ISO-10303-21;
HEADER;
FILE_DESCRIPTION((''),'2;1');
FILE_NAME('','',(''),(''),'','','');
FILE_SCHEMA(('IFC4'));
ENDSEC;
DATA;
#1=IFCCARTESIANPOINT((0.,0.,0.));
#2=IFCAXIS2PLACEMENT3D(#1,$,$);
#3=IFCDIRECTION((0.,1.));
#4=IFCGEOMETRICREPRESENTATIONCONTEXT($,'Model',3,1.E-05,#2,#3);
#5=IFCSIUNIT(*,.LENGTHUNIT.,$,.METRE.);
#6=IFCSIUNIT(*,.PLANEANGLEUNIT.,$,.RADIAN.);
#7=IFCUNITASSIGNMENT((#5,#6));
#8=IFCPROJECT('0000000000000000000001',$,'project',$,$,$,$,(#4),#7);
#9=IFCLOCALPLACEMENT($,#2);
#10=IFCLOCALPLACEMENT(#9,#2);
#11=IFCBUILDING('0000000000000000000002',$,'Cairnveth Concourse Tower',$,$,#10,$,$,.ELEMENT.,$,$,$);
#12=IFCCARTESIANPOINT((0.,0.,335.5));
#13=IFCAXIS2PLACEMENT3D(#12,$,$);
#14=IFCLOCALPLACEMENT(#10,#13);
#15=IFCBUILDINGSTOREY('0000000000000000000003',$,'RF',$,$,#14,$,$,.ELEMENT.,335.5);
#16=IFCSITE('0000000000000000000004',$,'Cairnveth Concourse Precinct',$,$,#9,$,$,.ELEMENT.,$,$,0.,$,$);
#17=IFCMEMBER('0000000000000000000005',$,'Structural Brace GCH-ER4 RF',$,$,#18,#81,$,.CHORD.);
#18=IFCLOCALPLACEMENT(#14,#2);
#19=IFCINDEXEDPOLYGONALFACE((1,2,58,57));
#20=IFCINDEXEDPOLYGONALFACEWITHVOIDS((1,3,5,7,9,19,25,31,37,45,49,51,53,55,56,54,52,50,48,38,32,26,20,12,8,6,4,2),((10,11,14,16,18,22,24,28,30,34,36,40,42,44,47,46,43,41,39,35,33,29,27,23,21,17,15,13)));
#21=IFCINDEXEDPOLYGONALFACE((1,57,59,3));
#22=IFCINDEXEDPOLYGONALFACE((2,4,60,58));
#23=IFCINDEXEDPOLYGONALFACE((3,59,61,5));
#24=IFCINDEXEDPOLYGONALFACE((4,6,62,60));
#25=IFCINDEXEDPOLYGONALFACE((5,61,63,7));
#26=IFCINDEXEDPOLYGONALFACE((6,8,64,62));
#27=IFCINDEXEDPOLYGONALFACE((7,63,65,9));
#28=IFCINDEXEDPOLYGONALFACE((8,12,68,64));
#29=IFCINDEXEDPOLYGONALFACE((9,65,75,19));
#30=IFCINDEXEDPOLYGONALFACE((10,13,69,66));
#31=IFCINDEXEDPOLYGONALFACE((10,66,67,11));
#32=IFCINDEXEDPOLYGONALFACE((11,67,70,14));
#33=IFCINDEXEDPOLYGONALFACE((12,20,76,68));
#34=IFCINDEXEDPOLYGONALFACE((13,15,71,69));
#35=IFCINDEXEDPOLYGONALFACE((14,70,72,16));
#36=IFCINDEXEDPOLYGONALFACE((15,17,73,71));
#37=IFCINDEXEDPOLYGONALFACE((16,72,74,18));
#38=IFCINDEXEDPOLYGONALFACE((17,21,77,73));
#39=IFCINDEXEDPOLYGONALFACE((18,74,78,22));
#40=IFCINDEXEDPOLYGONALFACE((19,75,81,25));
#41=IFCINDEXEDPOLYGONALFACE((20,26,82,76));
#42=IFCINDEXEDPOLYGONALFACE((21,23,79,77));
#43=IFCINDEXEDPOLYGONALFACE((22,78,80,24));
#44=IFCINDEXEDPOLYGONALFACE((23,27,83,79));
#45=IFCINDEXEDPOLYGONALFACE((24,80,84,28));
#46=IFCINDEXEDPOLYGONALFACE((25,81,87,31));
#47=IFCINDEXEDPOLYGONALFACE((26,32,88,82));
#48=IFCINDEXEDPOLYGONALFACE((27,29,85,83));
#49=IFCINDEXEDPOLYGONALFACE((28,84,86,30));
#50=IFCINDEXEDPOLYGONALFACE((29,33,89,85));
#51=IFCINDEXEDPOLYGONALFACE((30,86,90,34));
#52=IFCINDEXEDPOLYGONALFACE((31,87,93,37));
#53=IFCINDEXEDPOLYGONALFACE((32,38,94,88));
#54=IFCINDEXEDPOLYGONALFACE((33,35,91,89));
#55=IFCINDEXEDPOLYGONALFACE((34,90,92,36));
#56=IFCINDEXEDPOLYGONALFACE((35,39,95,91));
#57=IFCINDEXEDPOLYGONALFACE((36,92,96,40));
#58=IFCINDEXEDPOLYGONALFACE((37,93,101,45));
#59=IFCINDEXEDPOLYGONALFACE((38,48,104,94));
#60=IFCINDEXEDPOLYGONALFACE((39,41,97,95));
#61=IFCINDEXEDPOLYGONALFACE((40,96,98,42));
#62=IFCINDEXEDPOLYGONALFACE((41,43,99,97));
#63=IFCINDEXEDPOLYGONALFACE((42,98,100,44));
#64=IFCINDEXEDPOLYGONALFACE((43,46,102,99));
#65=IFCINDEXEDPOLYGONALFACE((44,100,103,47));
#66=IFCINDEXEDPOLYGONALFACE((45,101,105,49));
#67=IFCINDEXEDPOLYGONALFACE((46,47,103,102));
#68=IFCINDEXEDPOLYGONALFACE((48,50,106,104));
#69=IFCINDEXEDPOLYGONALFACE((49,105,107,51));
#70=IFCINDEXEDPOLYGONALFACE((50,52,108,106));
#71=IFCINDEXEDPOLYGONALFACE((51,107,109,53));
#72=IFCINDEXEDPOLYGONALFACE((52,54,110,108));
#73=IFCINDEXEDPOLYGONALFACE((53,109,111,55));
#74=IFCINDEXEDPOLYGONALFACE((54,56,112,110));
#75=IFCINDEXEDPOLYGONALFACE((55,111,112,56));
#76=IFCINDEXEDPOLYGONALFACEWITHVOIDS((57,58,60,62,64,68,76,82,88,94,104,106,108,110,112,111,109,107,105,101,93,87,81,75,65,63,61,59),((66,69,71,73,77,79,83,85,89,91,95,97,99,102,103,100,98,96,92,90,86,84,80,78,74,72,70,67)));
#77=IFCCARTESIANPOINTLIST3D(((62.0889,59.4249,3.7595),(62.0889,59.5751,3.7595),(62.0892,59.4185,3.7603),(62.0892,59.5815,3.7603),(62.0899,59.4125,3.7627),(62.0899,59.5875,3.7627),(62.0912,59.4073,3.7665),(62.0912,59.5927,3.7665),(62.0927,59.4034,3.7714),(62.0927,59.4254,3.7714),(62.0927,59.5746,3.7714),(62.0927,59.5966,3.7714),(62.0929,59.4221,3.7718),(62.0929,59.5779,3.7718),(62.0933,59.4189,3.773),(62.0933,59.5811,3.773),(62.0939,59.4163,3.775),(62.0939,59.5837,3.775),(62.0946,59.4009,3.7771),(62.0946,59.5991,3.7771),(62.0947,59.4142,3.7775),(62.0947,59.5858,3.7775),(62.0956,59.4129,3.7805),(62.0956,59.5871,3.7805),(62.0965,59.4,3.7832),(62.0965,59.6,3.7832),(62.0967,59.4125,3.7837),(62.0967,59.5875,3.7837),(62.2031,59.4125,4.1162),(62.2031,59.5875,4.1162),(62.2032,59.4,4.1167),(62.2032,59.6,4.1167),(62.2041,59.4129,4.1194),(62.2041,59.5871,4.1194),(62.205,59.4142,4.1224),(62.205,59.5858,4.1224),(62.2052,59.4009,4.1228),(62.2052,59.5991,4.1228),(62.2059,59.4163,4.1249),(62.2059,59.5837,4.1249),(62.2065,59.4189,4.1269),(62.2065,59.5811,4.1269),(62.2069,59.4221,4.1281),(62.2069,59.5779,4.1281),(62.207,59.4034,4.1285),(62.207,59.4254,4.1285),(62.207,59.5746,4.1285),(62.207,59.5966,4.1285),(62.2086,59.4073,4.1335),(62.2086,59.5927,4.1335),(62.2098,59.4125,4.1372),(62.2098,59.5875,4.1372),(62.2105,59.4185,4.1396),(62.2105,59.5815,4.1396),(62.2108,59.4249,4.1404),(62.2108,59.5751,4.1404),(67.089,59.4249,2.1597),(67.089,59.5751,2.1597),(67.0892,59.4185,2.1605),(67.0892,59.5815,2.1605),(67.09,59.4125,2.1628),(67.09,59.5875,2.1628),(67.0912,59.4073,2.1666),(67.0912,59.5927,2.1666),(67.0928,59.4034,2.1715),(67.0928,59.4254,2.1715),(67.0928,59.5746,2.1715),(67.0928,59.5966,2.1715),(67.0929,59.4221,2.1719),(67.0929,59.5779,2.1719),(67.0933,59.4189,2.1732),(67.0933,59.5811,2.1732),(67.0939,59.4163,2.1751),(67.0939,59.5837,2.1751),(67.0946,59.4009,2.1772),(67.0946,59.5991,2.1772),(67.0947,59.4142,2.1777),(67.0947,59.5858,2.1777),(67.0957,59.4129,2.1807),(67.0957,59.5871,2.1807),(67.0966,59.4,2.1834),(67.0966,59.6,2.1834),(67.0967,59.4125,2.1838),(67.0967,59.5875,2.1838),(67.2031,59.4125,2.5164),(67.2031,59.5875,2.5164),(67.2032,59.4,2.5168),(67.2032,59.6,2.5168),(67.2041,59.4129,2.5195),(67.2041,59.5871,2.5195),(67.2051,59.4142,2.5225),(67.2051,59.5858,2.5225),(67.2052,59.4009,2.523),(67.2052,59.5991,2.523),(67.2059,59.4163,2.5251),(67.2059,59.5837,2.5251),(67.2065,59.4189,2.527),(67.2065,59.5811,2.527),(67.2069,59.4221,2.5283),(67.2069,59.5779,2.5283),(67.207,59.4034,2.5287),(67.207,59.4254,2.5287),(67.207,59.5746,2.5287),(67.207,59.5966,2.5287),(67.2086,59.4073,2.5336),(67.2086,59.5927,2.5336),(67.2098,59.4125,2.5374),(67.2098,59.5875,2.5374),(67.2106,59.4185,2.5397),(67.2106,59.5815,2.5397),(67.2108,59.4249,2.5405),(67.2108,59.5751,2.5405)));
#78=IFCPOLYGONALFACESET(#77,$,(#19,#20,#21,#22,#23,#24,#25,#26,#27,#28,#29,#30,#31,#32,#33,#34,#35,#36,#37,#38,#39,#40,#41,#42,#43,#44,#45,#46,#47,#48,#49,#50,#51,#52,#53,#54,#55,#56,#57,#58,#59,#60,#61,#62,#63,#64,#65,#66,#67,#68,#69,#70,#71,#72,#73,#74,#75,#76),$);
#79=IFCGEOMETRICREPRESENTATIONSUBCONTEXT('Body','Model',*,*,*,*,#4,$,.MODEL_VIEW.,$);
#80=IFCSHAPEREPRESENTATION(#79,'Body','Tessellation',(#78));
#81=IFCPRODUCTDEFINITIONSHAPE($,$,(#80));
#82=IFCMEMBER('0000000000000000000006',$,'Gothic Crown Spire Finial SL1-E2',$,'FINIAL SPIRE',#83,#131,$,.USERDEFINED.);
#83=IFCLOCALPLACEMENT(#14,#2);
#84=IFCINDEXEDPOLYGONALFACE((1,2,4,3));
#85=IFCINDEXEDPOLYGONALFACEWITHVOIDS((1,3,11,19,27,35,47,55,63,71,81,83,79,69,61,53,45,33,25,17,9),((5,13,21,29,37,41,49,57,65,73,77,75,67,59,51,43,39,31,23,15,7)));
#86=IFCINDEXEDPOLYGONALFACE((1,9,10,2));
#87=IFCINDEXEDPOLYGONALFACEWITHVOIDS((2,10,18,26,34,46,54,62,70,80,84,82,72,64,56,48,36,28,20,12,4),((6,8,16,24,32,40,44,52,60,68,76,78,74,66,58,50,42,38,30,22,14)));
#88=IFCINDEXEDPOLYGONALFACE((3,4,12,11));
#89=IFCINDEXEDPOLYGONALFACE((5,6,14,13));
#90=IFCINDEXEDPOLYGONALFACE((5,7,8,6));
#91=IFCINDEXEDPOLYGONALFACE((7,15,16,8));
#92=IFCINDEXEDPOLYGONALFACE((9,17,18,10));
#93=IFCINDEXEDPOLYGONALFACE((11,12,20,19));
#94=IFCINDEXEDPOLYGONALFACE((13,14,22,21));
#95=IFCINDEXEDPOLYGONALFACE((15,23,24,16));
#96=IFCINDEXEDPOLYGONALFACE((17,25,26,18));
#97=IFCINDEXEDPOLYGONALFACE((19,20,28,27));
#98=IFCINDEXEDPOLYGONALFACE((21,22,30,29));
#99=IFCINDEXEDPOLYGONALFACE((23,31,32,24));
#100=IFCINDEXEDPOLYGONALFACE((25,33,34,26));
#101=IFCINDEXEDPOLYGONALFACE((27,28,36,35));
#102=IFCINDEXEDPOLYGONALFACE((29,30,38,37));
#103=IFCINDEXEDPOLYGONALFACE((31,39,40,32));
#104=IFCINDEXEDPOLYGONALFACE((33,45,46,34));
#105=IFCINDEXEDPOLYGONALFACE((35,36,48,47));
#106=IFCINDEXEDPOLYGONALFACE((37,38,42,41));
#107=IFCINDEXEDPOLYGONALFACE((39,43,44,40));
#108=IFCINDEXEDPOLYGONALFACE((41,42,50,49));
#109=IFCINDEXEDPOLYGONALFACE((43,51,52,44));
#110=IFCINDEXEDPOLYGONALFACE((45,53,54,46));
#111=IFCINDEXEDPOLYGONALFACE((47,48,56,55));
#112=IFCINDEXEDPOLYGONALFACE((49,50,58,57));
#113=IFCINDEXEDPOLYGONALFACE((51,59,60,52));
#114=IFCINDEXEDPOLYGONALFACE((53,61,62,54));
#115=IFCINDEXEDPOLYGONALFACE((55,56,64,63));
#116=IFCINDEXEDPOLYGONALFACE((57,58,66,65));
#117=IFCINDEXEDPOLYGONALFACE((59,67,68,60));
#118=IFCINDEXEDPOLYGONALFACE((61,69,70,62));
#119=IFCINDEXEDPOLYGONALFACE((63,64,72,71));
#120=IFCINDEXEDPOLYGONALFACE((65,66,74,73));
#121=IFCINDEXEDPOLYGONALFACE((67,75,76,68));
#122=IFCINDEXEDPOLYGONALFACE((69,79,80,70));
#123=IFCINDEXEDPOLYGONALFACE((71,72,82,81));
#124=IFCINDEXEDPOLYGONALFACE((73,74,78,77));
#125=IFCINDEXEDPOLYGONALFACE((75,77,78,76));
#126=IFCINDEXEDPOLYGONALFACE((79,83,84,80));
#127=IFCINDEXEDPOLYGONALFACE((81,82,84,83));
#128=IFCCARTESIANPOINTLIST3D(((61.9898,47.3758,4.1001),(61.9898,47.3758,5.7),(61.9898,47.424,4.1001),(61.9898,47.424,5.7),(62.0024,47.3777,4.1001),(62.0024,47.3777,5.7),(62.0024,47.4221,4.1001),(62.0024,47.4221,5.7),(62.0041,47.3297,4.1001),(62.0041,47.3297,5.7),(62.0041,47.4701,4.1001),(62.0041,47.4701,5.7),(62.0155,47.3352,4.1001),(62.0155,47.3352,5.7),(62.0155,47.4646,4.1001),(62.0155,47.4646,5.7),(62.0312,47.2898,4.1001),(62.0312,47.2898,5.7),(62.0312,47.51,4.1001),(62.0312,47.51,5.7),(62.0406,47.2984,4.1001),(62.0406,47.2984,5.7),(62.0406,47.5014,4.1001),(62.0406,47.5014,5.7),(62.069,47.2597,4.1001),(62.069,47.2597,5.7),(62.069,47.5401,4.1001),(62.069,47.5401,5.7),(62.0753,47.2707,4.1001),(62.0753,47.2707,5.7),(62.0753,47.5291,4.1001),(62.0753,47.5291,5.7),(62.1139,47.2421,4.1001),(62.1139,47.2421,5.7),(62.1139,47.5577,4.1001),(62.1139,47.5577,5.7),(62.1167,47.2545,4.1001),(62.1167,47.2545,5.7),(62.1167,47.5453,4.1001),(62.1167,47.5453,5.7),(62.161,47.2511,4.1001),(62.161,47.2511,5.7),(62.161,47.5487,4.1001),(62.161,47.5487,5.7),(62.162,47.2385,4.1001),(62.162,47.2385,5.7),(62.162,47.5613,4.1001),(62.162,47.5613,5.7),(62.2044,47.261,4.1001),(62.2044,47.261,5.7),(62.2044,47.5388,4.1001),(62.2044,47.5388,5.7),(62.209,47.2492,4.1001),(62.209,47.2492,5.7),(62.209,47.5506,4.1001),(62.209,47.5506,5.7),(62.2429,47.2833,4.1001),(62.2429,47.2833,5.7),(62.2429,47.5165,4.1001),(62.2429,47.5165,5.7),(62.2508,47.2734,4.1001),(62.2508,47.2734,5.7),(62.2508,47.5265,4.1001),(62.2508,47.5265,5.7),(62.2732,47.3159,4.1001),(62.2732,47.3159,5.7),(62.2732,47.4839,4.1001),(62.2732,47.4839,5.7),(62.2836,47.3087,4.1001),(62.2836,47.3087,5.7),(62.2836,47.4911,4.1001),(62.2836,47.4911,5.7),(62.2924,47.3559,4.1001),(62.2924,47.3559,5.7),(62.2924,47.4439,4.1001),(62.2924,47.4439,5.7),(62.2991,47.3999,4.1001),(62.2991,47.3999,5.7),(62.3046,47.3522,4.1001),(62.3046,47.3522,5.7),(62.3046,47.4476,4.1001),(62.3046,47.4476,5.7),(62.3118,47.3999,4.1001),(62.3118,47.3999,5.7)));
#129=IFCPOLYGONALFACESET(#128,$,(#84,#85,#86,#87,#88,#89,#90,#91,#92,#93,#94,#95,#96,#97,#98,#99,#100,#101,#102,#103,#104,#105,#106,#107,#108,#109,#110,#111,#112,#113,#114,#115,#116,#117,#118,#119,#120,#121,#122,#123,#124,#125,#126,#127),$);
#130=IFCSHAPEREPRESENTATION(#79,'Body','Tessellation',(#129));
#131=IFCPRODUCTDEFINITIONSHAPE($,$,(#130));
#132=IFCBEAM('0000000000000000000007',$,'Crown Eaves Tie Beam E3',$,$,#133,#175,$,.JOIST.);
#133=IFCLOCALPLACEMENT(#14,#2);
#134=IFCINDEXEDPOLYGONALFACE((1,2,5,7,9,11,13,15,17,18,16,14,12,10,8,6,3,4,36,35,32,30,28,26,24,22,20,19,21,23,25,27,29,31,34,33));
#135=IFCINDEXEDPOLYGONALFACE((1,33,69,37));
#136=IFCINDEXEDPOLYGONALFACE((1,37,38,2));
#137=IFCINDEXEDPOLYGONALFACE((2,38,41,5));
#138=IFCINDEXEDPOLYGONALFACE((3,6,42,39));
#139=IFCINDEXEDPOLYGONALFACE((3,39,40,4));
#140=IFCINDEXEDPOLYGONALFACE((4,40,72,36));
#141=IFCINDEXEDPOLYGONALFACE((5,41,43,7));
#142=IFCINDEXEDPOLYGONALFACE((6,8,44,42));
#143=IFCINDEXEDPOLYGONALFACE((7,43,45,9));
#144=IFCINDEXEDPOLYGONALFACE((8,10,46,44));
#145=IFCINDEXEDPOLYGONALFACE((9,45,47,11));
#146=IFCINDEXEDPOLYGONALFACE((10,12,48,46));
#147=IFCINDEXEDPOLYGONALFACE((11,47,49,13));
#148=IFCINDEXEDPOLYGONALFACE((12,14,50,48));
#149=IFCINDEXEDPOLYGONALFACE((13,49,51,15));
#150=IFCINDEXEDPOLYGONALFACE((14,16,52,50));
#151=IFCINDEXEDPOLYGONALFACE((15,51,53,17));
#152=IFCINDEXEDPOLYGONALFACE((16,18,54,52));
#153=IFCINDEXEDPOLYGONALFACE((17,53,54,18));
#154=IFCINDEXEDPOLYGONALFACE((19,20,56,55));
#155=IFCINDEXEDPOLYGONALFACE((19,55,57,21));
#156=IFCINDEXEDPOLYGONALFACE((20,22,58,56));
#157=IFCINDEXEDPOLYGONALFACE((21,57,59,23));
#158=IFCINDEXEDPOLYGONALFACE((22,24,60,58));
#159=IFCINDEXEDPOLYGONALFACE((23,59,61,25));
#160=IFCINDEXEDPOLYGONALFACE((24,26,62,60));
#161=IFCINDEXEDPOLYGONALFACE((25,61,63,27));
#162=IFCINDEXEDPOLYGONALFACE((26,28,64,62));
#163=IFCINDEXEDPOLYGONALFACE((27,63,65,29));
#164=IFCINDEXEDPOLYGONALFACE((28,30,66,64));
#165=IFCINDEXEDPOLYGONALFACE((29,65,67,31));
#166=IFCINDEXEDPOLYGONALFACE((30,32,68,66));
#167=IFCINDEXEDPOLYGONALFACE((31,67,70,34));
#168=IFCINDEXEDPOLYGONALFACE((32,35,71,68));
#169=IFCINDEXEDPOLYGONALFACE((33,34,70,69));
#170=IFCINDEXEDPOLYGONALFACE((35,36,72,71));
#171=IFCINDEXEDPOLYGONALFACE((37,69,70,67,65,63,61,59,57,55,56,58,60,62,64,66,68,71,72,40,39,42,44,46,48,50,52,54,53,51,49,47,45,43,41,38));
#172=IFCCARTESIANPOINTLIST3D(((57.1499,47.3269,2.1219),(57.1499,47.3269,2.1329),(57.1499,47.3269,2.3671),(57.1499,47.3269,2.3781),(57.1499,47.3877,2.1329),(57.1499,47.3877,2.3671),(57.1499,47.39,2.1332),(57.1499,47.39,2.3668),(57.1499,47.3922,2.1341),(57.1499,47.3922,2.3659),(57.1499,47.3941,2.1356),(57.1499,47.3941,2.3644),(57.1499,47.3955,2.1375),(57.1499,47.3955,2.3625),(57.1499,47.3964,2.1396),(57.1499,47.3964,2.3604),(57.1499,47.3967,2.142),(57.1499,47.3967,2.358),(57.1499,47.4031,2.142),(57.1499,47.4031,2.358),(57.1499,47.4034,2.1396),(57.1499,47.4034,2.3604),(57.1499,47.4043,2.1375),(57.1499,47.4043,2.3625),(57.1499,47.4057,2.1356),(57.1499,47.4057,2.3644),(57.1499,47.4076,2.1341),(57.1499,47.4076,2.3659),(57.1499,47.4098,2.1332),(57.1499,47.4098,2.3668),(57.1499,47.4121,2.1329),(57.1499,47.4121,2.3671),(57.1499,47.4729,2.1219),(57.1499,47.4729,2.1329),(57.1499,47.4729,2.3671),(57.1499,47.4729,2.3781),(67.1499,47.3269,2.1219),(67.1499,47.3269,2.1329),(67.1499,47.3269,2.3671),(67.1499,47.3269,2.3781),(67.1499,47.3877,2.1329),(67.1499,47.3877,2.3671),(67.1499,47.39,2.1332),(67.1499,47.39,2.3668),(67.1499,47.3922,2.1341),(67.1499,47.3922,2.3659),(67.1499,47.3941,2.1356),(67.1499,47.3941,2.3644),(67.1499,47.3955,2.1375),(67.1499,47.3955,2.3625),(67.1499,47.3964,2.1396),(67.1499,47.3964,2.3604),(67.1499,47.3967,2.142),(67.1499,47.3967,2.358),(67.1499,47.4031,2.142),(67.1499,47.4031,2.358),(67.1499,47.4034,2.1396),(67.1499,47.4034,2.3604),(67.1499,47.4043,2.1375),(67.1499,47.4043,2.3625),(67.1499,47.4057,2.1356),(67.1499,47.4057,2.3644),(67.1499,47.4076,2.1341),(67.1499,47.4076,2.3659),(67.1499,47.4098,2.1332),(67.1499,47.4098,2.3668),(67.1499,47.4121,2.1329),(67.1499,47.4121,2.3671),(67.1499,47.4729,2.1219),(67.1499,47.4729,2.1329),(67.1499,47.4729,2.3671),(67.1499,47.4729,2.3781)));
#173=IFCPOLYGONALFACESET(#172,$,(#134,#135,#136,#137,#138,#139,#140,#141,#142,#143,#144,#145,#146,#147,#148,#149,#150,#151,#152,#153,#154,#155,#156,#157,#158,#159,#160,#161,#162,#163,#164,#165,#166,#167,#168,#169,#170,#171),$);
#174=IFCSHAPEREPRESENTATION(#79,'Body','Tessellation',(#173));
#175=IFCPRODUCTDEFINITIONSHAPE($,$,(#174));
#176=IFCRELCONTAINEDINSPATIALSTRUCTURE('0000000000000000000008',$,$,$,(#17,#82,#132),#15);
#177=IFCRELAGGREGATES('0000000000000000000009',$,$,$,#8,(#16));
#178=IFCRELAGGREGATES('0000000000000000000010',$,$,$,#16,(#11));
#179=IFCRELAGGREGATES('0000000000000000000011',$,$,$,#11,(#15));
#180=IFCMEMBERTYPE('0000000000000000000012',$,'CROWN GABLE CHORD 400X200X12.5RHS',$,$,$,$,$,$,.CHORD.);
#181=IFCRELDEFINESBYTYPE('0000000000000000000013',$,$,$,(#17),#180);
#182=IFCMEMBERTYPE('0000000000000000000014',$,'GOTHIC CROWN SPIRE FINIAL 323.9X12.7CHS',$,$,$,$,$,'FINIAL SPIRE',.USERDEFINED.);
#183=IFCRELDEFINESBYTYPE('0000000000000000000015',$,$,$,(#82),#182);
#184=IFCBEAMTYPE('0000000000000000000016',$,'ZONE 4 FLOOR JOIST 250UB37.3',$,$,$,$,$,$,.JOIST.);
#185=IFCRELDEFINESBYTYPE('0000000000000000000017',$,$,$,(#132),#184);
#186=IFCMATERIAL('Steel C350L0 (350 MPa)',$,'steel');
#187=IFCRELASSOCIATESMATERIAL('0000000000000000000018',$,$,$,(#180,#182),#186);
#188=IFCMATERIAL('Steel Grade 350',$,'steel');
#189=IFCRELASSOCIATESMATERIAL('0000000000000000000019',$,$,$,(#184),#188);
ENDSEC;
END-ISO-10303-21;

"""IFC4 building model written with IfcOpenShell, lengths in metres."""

from ifc_helpers import new_model, si_unit, direction, frame, origin, origin_2d, place, context, subcontext, project, spatial, hollow_rectangle, hollow_circle, i_section, extrude, material, material_profile, profile_set, type_object, element, save


model = new_model("IFC4")

# Units and contexts
model_context = context("Model", 3, precision=1e-05, world=origin(), true_north=direction((0.0, 1.0)))
body_context = subcontext(model_context, "Body", "Model", "MODEL_VIEW")
ifc_project = project(units=[si_unit("LENGTHUNIT", "METRE"), si_unit("PLANEANGLEUNIT", "RADIAN")], contexts=[model_context])

# Site, building, storey
site_placement = place(None, origin())
site = spatial("IfcSite", under=ifc_project, at=site_placement, Name="Cairnveth Concourse Precinct", CompositionType="ELEMENT", RefElevation=0.0)
building_placement = place(site_placement, origin())
building = spatial("IfcBuilding", under=site, at=building_placement, Name="Cairnveth Concourse Tower", CompositionType="ELEMENT")
storey_placement = place(building_placement, frame((0.0, 0.0, 335.5)))
storey = spatial("IfcBuildingStorey", under=building, at=storey_placement, Name="RF", CompositionType="ELEMENT", Elevation=335.5)

# Shared definitions
ifc_material_1 = material(Name="Steel Grade 350", Category="steel")

# Members
ifc_material_2 = material(Name="Steel C350L0 (350 MPa)", Category="steel")
ifc_material_profile_1 = material_profile(ifc_material_2, hollow_rectangle(XDim=0.2, YDim=0.3999, WallThickness=0.0125, InnerFilletRadius=0.0129, OuterFilletRadius=0.0249, at=origin_2d()), Name="400x200x12.5RHS")
ifc_profile_set_1 = profile_set([ifc_material_profile_1], Name="Steel C350L0 (350 MPa)")
member_type_1 = type_object("IfcMemberType", Name="CROWN GABLE CHORD 400X200X12.5RHS", PredefinedType="CHORD", material=ifc_profile_set_1)
for number, where, z_axis, x_axis, name in (
    (1, (67.1499, 59.5, 2.3501), (-0.952432, 0.0, 0.30475), (0.0, -1.0, 0.0), "Structural Brace GCH-ER4 RF"),
):
    element("IfcMember", number, at=place(storey_placement, frame(where, z_axis=z_axis, x_axis=x_axis)), inside=storey, type_object=member_type_1, Name=name, PredefinedType="CHORD", context=body_context, shape_type="SweptSolid", body=[
        extrude(hollow_rectangle(XDim=0.2, YDim=0.3999, WallThickness=0.0125, InnerFilletRadius=0.0129, OuterFilletRadius=0.0249, at=origin_2d()), origin(), (0.0, 0.0, 1.0), 5.2498),
    ])
ifc_material_profile_2 = material_profile(ifc_material_2, hollow_circle(Radius=0.1619, WallThickness=0.0127, at=origin_2d()), Name="323.9x12.7CHS")
ifc_profile_set_2 = profile_set([ifc_material_profile_2], Name="Steel C350L0 (350 MPa)")
member_type_2 = type_object("IfcMemberType", Name="GOTHIC CROWN SPIRE FINIAL 323.9X12.7CHS", ElementType="FINIAL SPIRE", PredefinedType="USERDEFINED", material=ifc_profile_set_2)
member_placement = place(storey_placement, frame((62.1499, 47.3999, 4.1001), z_axis=(0.0, 0.0, 1.0), x_axis=(1.0, 0.0, 0.0)))
element("IfcMember", 2, at=member_placement, inside=storey, type_object=member_type_2, Name="Gothic Crown Spire Finial SL1-E2", ObjectType="FINIAL SPIRE", PredefinedType="USERDEFINED", context=body_context, shape_type="SweptSolid", body=[
    extrude(hollow_circle(Radius=0.1619, WallThickness=0.0127, at=origin_2d()), origin(), (0.0, 0.0, 1.0), 1.5999),
])

# Beam
ifc_material_profile_3 = material_profile(ifc_material_1, i_section(OverallWidth=0.146, OverallDepth=0.2561, WebThickness=0.0063, FlangeThickness=0.011, FilletRadius=0.009, at=origin_2d()), Name="250UB37.3")
ifc_profile_set_3 = profile_set([ifc_material_profile_3], Name="Steel Grade 350")
beam_type = type_object("IfcBeamType", Name="ZONE 4 FLOOR JOIST 250UB37.3", PredefinedType="JOIST", material=ifc_profile_set_3)
for number, where, z_axis, x_axis, name in (
    (3, (57.1499, 47.3999, 2.25), (1.0, 0.0, 0.0), (0.0, 1.0, 0.0), "Crown Eaves Tie Beam E3"),
):
    element("IfcBeam", number, at=place(storey_placement, frame(where, z_axis=z_axis, x_axis=x_axis)), inside=storey, type_object=beam_type, Name=name, PredefinedType="JOIST", context=body_context, shape_type="SweptSolid", body=[
        extrude(i_section(OverallWidth=0.146, OverallDepth=0.2561, WebThickness=0.0063, FlangeThickness=0.011, FilletRadius=0.009, at=origin_2d()), origin(), (0.0, 0.0, 1.0), 10.0),
    ])

save(model, "model.ifc")
